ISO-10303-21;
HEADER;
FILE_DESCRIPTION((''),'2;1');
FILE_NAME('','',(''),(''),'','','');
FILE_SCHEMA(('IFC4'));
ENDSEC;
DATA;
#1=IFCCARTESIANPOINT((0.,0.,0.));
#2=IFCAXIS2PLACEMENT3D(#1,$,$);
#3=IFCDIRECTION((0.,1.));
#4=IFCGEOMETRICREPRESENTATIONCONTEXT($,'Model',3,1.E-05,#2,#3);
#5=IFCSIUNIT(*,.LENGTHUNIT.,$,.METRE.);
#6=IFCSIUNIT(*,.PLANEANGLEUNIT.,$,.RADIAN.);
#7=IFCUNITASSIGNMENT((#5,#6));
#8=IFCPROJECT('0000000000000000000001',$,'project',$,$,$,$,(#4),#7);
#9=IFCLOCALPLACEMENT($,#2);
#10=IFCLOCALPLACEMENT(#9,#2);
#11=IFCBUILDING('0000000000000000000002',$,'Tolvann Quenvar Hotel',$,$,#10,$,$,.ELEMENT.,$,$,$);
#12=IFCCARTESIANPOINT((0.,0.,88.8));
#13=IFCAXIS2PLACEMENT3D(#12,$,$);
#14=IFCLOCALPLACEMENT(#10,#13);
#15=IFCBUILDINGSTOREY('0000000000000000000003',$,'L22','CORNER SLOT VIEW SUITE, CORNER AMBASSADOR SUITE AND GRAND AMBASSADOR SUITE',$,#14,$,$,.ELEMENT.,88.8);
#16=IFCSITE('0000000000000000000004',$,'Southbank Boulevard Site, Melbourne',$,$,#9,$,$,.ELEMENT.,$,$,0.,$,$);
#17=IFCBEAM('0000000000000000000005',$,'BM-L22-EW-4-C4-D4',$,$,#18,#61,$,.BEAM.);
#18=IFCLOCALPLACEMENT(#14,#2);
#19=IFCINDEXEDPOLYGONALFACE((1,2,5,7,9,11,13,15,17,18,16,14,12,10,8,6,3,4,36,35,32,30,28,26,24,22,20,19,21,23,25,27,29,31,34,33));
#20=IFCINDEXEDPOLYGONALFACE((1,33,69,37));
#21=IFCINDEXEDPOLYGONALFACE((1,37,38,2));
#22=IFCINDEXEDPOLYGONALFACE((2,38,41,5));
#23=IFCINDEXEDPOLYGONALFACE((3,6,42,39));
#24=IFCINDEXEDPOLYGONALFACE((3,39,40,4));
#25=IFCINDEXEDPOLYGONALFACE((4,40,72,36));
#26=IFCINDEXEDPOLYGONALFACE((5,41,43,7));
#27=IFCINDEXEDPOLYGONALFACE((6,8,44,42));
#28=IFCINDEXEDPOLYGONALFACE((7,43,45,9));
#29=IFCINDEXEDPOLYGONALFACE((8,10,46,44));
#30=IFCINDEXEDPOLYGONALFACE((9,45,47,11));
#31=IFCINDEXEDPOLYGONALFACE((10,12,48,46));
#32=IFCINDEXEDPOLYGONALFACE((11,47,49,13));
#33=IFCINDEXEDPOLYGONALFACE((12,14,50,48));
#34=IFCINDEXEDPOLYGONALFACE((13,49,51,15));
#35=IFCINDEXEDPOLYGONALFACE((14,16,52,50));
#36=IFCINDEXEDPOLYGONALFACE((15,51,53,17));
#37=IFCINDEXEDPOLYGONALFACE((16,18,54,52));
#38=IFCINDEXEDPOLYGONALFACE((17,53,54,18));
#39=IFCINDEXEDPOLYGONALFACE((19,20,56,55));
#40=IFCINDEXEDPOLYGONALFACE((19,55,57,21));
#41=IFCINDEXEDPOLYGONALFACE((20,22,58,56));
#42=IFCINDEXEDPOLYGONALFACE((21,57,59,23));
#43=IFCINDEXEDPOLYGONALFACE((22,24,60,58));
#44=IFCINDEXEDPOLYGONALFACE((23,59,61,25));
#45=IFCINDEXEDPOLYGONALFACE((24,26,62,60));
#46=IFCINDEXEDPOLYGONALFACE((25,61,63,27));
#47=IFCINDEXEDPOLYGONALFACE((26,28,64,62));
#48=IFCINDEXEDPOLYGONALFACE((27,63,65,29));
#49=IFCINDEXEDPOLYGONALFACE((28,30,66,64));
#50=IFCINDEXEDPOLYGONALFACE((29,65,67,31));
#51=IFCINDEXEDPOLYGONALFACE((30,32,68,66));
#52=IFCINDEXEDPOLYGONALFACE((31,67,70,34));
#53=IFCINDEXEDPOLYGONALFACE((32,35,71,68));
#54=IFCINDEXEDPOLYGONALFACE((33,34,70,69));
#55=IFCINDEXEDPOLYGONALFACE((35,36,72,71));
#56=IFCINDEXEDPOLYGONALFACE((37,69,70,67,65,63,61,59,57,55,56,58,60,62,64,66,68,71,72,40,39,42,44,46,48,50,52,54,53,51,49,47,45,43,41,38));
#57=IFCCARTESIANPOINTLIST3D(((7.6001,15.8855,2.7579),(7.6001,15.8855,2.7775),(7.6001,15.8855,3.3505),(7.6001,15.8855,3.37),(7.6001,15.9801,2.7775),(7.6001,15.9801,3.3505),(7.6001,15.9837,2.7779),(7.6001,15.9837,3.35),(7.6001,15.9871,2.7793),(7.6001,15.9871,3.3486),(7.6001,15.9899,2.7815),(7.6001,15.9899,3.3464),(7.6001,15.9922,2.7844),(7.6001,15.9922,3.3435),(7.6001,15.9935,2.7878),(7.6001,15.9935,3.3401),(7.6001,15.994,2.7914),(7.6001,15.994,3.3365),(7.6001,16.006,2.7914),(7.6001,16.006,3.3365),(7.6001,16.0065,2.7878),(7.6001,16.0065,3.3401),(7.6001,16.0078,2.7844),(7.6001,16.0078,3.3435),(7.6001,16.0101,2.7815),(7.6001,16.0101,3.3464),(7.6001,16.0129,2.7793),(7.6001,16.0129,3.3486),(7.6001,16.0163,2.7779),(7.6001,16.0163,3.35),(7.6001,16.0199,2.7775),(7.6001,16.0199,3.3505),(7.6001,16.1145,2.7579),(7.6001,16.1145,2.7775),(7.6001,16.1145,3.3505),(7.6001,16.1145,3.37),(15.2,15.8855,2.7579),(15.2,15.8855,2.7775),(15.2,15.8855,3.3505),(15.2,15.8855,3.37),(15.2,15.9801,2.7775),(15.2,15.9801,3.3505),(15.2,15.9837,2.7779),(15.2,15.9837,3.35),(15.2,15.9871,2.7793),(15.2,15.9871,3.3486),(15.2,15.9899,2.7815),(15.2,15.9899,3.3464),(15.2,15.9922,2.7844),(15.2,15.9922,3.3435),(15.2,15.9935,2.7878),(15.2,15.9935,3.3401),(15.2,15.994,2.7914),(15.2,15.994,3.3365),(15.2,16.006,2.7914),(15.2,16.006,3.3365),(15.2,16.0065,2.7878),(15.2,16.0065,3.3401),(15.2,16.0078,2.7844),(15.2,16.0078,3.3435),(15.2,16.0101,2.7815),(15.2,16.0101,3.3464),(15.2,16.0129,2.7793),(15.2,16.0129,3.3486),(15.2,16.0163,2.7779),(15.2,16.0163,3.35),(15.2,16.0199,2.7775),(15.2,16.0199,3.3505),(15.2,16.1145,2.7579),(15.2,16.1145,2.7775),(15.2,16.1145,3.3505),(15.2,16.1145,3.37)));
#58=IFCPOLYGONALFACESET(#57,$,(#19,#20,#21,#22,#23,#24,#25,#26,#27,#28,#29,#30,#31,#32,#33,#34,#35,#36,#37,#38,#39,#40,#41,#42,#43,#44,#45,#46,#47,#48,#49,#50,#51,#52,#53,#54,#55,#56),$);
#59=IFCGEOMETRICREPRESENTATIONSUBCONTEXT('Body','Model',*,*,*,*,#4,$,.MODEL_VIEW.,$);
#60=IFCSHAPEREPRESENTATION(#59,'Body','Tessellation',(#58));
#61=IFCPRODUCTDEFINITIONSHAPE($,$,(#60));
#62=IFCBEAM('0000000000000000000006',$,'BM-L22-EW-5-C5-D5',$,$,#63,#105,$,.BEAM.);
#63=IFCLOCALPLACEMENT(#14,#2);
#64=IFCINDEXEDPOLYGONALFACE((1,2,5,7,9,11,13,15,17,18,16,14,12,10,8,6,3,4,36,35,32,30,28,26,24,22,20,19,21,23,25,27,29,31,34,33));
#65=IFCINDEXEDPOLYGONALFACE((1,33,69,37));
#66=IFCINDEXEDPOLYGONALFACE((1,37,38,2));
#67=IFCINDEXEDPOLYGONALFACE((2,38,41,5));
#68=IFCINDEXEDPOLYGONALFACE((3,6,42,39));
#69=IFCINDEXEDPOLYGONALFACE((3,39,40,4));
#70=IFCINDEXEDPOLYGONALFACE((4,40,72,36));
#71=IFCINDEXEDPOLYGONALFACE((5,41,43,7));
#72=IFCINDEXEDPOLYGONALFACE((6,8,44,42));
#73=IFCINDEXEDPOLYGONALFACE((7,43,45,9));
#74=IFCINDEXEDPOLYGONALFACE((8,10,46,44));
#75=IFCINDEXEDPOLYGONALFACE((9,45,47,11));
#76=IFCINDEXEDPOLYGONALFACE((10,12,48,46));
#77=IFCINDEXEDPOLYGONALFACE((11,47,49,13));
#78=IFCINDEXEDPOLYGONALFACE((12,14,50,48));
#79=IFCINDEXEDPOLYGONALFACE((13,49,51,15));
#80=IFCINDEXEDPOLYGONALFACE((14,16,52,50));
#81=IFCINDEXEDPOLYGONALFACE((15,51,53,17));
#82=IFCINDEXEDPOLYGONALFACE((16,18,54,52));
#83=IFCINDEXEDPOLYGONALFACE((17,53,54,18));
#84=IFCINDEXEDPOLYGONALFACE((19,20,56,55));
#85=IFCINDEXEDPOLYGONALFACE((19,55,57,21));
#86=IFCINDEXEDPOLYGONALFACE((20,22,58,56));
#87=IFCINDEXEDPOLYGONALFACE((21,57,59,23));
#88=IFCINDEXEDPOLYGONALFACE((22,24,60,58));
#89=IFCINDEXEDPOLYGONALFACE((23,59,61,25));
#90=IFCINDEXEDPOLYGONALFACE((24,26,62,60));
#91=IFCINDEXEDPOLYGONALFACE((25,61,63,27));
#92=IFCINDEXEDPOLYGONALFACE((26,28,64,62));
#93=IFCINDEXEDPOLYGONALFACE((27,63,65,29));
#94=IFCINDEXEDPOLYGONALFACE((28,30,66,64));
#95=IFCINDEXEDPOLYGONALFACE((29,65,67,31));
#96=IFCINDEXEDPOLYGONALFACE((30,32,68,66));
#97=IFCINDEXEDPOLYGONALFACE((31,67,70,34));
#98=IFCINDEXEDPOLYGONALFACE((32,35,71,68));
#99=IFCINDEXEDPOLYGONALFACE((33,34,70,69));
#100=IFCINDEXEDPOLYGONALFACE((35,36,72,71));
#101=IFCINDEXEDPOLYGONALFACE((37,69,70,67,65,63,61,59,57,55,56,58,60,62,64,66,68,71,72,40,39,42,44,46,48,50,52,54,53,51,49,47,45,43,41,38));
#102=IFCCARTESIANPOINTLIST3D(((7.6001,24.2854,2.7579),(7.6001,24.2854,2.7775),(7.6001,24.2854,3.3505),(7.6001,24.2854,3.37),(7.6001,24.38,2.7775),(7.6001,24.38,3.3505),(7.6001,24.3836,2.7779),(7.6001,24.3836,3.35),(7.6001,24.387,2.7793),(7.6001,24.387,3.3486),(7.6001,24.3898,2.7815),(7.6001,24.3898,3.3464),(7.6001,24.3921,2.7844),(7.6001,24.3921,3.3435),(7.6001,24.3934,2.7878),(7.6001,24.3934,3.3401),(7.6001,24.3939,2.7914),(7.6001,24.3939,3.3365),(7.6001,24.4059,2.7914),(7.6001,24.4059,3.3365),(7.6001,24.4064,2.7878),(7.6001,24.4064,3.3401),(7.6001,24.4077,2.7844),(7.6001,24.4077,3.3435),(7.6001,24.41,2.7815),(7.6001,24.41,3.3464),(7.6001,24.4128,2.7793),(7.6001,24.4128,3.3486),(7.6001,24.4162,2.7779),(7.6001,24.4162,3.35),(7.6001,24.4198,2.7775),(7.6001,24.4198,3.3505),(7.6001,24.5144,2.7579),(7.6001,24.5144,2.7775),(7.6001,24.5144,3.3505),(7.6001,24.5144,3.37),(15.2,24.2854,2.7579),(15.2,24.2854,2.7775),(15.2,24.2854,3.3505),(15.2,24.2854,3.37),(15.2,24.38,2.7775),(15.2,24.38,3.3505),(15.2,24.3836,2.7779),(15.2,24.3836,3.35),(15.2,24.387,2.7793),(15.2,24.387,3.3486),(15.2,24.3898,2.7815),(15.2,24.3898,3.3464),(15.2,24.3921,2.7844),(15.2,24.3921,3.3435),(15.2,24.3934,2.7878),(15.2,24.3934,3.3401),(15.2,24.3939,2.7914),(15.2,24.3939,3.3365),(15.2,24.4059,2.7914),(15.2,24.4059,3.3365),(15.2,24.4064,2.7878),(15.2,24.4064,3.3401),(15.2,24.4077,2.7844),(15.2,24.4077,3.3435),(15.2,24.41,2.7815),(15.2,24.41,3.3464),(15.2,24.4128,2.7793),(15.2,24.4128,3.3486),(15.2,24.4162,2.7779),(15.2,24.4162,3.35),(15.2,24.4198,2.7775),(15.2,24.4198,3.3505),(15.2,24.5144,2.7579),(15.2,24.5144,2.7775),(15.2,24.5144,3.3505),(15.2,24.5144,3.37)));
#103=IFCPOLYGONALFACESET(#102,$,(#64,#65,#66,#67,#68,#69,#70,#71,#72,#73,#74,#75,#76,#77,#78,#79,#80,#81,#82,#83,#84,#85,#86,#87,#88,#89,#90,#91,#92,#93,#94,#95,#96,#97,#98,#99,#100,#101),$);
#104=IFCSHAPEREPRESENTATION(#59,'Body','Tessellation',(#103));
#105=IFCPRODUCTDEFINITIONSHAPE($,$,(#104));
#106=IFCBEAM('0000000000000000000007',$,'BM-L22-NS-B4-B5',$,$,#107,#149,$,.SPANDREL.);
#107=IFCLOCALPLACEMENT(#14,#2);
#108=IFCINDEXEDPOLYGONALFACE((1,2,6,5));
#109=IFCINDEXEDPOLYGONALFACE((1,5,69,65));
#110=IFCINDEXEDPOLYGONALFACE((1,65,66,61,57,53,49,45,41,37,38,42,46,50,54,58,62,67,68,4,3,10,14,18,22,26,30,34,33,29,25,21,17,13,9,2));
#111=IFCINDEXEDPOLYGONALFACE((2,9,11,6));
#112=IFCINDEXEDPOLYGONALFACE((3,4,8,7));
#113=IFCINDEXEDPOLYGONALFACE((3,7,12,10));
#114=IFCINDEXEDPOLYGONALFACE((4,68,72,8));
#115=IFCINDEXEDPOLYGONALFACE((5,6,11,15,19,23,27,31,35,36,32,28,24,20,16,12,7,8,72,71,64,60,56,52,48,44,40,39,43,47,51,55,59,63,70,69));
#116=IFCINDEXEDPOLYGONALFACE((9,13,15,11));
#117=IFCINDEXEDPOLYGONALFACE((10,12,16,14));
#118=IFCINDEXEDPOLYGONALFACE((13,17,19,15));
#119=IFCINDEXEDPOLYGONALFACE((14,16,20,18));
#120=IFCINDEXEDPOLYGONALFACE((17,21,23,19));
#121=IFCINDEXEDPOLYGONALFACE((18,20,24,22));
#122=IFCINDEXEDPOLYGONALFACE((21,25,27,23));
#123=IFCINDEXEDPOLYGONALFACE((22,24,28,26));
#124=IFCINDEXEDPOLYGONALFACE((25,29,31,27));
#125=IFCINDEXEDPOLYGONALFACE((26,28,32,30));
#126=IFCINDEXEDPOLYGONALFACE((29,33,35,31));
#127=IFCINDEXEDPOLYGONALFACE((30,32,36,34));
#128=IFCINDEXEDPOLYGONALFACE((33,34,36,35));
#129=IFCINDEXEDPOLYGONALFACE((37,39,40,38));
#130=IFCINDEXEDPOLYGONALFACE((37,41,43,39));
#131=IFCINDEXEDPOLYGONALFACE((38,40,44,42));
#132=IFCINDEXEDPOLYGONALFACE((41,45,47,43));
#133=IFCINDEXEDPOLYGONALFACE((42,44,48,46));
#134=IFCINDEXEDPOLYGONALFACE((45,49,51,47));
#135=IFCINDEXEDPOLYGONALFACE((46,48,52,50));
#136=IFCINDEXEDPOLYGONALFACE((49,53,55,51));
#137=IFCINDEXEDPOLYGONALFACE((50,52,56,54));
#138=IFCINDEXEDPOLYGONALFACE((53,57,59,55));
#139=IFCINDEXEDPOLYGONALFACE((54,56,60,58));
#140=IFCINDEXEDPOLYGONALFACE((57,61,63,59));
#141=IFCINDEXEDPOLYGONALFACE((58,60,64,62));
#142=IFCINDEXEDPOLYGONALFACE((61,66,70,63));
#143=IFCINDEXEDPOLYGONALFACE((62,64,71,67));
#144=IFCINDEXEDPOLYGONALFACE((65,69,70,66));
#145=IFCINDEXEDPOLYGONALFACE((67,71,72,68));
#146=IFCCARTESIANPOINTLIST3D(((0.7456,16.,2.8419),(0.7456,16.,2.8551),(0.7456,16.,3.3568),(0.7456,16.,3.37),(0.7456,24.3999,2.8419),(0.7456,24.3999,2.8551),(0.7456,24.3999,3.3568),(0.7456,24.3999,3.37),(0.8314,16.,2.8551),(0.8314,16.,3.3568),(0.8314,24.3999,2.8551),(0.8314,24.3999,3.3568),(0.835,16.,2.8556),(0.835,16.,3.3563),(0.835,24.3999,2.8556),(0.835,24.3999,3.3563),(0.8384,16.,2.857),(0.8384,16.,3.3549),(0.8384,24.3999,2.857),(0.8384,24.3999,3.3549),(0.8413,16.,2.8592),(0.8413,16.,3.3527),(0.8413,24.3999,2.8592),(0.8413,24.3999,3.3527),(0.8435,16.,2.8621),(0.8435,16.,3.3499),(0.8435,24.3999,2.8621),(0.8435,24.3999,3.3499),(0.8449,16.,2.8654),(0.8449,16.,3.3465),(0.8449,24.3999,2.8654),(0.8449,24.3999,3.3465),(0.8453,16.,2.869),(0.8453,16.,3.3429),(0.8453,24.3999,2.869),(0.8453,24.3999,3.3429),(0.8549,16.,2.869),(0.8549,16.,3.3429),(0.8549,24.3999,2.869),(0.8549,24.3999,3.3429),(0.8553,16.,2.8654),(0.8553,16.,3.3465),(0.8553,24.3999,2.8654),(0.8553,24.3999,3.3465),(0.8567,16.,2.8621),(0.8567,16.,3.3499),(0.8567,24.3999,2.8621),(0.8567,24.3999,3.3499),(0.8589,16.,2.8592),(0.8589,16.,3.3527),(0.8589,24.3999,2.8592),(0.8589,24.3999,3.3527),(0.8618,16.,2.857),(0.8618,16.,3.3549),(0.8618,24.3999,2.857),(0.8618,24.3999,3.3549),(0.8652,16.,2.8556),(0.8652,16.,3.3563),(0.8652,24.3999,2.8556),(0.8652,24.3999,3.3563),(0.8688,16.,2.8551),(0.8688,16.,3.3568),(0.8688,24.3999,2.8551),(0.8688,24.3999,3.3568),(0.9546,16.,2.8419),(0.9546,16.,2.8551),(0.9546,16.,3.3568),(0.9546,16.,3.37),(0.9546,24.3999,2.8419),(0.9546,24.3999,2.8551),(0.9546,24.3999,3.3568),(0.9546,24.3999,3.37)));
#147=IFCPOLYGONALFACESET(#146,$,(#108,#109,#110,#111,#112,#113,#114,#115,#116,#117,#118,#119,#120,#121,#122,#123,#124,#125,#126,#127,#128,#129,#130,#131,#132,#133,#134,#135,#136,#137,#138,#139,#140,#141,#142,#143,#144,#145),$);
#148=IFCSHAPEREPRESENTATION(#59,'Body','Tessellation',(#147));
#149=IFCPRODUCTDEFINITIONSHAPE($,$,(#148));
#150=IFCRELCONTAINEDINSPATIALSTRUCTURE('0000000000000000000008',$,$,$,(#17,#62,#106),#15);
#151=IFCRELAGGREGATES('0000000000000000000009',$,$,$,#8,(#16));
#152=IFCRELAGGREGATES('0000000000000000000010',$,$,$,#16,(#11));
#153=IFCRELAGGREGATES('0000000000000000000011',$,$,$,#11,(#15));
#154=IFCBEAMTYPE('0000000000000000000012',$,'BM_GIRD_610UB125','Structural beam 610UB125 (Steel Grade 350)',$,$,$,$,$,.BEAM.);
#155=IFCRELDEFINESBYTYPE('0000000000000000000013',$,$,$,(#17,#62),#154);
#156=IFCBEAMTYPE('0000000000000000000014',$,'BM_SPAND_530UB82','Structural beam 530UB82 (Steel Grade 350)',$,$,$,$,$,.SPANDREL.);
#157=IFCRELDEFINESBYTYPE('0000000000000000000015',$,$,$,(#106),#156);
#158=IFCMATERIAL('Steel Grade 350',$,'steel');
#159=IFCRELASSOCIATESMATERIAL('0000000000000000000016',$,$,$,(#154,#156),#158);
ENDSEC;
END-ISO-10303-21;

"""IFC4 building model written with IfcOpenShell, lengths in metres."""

from ifc_helpers import new_model, si_unit, direction, frame, origin, origin_2d, place, context, subcontext, project, spatial, i_section, extrude, source, transform, mapped, material, material_profile, profile_set, type_object, element, save


model = new_model("IFC4")

# Units and contexts
model_context = context("Model", 3, precision=1e-05, world=origin(), true_north=direction((0.0, 1.0)))
body_context = subcontext(model_context, "Body", "Model", "MODEL_VIEW")
ifc_project = project(units=[si_unit("LENGTHUNIT", "METRE"), si_unit("PLANEANGLEUNIT", "RADIAN")], contexts=[model_context])

# Site, building, storey
site_placement = place(None, origin())
site = spatial("IfcSite", under=ifc_project, at=site_placement, Name="Southbank Boulevard Site, Melbourne", CompositionType="ELEMENT", RefElevation=0.0)
building_placement = place(site_placement, origin())
building = spatial("IfcBuilding", under=site, at=building_placement, Name="Tolvann Quenvar Hotel", CompositionType="ELEMENT")
storey_placement = place(building_placement, frame((0.0, 0.0, 88.8)))
storey = spatial("IfcBuildingStorey", under=building, at=storey_placement, Name="L22", Description="CORNER SLOT VIEW SUITE, CORNER AMBASSADOR SUITE AND GRAND AMBASSADOR SUITE", CompositionType="ELEMENT", Elevation=88.8)

# Shared definitions
ifc_material_1 = material(Name="Steel Grade 350", Category="steel")

# Beams
ifc_material_profile_1 = material_profile(ifc_material_1, i_section(OverallWidth=0.229, OverallDepth=0.6121, WebThickness=0.012, FlangeThickness=0.0195, FilletRadius=0.0139, at=origin_2d()), Name="610UB125")
ifc_profile_set_1 = profile_set([ifc_material_profile_1], Name="Steel Grade 350")
beam_type_1 = type_object("IfcBeamType", Name="BM_GIRD_610UB125", Description="Structural beam 610UB125 (Steel Grade 350)", PredefinedType="BEAM", material=ifc_profile_set_1)
shared_shape_1 = source(origin(), body_context, "Body", "SweptSolid", [
    extrude(i_section(OverallWidth=0.229, OverallDepth=0.6121, WebThickness=0.012, FlangeThickness=0.0195, FilletRadius=0.0139, at=origin_2d()), origin(), (0.0, 0.0, 1.0), 7.5999),
])
for number, where, z_axis, x_axis, name in (
    (1, (7.6001, 16.0, 3.064), (1.0, 0.0, 0.0), (0.0, 1.0, 0.0), "BM-L22-EW-4-C4-D4"),
    (2, (7.6001, 24.3999, 3.064), (1.0, 0.0, 0.0), (0.0, 1.0, 0.0), "BM-L22-EW-5-C5-D5"),
):
    element("IfcBeam", number, at=place(storey_placement, frame(where, z_axis=z_axis, x_axis=x_axis)), inside=storey, type_object=beam_type_1, Name=name, PredefinedType="BEAM", context=body_context, shape_type="MappedRepresentation", body=[
        mapped(shared_shape_1, transform((0.0, 0.0, 0.0), x_axis=(1.0, 0.0, 0.0), y_axis=(0.0, 1.0, 0.0), z_axis=(0.0, 0.0, 1.0), scale=1.0)),
    ])
ifc_material_profile_2 = material_profile(ifc_material_1, i_section(OverallWidth=0.209, OverallDepth=0.5281, WebThickness=0.0095, FlangeThickness=0.0132, FilletRadius=0.0139, at=origin_2d()), Name="530UB82")
ifc_profile_set_2 = profile_set([ifc_material_profile_2], Name="Steel Grade 350")
beam_type_2 = type_object("IfcBeamType", Name="BM_SPAND_530UB82", Description="Structural beam 530UB82 (Steel Grade 350)", PredefinedType="SPANDREL", material=ifc_profile_set_2)
shared_shape_2 = source(origin(), body_context, "Body", "SweptSolid", [
    extrude(i_section(OverallWidth=0.209, OverallDepth=0.5281, WebThickness=0.0095, FlangeThickness=0.0132, FilletRadius=0.0139, at=origin_2d()), origin(), (0.0, 0.0, 1.0), 8.3999),
])
beam_1_placement = place(storey_placement, frame((0.8501, 16.0, 3.106), z_axis=(0.0, 1.0, 0.0), x_axis=(-1.0, 0.0, 0.0)))
element("IfcBeam", 3, at=beam_1_placement, inside=storey, type_object=beam_type_2, Name="BM-L22-NS-B4-B5", PredefinedType="SPANDREL", context=body_context, shape_type="MappedRepresentation", body=[
    mapped(shared_shape_2, transform((0.0, 0.0, 0.0), x_axis=(1.0, 0.0, 0.0), y_axis=(0.0, 1.0, 0.0), z_axis=(0.0, 0.0, 1.0), scale=1.0)),
])

save(model, "model.ifc")
